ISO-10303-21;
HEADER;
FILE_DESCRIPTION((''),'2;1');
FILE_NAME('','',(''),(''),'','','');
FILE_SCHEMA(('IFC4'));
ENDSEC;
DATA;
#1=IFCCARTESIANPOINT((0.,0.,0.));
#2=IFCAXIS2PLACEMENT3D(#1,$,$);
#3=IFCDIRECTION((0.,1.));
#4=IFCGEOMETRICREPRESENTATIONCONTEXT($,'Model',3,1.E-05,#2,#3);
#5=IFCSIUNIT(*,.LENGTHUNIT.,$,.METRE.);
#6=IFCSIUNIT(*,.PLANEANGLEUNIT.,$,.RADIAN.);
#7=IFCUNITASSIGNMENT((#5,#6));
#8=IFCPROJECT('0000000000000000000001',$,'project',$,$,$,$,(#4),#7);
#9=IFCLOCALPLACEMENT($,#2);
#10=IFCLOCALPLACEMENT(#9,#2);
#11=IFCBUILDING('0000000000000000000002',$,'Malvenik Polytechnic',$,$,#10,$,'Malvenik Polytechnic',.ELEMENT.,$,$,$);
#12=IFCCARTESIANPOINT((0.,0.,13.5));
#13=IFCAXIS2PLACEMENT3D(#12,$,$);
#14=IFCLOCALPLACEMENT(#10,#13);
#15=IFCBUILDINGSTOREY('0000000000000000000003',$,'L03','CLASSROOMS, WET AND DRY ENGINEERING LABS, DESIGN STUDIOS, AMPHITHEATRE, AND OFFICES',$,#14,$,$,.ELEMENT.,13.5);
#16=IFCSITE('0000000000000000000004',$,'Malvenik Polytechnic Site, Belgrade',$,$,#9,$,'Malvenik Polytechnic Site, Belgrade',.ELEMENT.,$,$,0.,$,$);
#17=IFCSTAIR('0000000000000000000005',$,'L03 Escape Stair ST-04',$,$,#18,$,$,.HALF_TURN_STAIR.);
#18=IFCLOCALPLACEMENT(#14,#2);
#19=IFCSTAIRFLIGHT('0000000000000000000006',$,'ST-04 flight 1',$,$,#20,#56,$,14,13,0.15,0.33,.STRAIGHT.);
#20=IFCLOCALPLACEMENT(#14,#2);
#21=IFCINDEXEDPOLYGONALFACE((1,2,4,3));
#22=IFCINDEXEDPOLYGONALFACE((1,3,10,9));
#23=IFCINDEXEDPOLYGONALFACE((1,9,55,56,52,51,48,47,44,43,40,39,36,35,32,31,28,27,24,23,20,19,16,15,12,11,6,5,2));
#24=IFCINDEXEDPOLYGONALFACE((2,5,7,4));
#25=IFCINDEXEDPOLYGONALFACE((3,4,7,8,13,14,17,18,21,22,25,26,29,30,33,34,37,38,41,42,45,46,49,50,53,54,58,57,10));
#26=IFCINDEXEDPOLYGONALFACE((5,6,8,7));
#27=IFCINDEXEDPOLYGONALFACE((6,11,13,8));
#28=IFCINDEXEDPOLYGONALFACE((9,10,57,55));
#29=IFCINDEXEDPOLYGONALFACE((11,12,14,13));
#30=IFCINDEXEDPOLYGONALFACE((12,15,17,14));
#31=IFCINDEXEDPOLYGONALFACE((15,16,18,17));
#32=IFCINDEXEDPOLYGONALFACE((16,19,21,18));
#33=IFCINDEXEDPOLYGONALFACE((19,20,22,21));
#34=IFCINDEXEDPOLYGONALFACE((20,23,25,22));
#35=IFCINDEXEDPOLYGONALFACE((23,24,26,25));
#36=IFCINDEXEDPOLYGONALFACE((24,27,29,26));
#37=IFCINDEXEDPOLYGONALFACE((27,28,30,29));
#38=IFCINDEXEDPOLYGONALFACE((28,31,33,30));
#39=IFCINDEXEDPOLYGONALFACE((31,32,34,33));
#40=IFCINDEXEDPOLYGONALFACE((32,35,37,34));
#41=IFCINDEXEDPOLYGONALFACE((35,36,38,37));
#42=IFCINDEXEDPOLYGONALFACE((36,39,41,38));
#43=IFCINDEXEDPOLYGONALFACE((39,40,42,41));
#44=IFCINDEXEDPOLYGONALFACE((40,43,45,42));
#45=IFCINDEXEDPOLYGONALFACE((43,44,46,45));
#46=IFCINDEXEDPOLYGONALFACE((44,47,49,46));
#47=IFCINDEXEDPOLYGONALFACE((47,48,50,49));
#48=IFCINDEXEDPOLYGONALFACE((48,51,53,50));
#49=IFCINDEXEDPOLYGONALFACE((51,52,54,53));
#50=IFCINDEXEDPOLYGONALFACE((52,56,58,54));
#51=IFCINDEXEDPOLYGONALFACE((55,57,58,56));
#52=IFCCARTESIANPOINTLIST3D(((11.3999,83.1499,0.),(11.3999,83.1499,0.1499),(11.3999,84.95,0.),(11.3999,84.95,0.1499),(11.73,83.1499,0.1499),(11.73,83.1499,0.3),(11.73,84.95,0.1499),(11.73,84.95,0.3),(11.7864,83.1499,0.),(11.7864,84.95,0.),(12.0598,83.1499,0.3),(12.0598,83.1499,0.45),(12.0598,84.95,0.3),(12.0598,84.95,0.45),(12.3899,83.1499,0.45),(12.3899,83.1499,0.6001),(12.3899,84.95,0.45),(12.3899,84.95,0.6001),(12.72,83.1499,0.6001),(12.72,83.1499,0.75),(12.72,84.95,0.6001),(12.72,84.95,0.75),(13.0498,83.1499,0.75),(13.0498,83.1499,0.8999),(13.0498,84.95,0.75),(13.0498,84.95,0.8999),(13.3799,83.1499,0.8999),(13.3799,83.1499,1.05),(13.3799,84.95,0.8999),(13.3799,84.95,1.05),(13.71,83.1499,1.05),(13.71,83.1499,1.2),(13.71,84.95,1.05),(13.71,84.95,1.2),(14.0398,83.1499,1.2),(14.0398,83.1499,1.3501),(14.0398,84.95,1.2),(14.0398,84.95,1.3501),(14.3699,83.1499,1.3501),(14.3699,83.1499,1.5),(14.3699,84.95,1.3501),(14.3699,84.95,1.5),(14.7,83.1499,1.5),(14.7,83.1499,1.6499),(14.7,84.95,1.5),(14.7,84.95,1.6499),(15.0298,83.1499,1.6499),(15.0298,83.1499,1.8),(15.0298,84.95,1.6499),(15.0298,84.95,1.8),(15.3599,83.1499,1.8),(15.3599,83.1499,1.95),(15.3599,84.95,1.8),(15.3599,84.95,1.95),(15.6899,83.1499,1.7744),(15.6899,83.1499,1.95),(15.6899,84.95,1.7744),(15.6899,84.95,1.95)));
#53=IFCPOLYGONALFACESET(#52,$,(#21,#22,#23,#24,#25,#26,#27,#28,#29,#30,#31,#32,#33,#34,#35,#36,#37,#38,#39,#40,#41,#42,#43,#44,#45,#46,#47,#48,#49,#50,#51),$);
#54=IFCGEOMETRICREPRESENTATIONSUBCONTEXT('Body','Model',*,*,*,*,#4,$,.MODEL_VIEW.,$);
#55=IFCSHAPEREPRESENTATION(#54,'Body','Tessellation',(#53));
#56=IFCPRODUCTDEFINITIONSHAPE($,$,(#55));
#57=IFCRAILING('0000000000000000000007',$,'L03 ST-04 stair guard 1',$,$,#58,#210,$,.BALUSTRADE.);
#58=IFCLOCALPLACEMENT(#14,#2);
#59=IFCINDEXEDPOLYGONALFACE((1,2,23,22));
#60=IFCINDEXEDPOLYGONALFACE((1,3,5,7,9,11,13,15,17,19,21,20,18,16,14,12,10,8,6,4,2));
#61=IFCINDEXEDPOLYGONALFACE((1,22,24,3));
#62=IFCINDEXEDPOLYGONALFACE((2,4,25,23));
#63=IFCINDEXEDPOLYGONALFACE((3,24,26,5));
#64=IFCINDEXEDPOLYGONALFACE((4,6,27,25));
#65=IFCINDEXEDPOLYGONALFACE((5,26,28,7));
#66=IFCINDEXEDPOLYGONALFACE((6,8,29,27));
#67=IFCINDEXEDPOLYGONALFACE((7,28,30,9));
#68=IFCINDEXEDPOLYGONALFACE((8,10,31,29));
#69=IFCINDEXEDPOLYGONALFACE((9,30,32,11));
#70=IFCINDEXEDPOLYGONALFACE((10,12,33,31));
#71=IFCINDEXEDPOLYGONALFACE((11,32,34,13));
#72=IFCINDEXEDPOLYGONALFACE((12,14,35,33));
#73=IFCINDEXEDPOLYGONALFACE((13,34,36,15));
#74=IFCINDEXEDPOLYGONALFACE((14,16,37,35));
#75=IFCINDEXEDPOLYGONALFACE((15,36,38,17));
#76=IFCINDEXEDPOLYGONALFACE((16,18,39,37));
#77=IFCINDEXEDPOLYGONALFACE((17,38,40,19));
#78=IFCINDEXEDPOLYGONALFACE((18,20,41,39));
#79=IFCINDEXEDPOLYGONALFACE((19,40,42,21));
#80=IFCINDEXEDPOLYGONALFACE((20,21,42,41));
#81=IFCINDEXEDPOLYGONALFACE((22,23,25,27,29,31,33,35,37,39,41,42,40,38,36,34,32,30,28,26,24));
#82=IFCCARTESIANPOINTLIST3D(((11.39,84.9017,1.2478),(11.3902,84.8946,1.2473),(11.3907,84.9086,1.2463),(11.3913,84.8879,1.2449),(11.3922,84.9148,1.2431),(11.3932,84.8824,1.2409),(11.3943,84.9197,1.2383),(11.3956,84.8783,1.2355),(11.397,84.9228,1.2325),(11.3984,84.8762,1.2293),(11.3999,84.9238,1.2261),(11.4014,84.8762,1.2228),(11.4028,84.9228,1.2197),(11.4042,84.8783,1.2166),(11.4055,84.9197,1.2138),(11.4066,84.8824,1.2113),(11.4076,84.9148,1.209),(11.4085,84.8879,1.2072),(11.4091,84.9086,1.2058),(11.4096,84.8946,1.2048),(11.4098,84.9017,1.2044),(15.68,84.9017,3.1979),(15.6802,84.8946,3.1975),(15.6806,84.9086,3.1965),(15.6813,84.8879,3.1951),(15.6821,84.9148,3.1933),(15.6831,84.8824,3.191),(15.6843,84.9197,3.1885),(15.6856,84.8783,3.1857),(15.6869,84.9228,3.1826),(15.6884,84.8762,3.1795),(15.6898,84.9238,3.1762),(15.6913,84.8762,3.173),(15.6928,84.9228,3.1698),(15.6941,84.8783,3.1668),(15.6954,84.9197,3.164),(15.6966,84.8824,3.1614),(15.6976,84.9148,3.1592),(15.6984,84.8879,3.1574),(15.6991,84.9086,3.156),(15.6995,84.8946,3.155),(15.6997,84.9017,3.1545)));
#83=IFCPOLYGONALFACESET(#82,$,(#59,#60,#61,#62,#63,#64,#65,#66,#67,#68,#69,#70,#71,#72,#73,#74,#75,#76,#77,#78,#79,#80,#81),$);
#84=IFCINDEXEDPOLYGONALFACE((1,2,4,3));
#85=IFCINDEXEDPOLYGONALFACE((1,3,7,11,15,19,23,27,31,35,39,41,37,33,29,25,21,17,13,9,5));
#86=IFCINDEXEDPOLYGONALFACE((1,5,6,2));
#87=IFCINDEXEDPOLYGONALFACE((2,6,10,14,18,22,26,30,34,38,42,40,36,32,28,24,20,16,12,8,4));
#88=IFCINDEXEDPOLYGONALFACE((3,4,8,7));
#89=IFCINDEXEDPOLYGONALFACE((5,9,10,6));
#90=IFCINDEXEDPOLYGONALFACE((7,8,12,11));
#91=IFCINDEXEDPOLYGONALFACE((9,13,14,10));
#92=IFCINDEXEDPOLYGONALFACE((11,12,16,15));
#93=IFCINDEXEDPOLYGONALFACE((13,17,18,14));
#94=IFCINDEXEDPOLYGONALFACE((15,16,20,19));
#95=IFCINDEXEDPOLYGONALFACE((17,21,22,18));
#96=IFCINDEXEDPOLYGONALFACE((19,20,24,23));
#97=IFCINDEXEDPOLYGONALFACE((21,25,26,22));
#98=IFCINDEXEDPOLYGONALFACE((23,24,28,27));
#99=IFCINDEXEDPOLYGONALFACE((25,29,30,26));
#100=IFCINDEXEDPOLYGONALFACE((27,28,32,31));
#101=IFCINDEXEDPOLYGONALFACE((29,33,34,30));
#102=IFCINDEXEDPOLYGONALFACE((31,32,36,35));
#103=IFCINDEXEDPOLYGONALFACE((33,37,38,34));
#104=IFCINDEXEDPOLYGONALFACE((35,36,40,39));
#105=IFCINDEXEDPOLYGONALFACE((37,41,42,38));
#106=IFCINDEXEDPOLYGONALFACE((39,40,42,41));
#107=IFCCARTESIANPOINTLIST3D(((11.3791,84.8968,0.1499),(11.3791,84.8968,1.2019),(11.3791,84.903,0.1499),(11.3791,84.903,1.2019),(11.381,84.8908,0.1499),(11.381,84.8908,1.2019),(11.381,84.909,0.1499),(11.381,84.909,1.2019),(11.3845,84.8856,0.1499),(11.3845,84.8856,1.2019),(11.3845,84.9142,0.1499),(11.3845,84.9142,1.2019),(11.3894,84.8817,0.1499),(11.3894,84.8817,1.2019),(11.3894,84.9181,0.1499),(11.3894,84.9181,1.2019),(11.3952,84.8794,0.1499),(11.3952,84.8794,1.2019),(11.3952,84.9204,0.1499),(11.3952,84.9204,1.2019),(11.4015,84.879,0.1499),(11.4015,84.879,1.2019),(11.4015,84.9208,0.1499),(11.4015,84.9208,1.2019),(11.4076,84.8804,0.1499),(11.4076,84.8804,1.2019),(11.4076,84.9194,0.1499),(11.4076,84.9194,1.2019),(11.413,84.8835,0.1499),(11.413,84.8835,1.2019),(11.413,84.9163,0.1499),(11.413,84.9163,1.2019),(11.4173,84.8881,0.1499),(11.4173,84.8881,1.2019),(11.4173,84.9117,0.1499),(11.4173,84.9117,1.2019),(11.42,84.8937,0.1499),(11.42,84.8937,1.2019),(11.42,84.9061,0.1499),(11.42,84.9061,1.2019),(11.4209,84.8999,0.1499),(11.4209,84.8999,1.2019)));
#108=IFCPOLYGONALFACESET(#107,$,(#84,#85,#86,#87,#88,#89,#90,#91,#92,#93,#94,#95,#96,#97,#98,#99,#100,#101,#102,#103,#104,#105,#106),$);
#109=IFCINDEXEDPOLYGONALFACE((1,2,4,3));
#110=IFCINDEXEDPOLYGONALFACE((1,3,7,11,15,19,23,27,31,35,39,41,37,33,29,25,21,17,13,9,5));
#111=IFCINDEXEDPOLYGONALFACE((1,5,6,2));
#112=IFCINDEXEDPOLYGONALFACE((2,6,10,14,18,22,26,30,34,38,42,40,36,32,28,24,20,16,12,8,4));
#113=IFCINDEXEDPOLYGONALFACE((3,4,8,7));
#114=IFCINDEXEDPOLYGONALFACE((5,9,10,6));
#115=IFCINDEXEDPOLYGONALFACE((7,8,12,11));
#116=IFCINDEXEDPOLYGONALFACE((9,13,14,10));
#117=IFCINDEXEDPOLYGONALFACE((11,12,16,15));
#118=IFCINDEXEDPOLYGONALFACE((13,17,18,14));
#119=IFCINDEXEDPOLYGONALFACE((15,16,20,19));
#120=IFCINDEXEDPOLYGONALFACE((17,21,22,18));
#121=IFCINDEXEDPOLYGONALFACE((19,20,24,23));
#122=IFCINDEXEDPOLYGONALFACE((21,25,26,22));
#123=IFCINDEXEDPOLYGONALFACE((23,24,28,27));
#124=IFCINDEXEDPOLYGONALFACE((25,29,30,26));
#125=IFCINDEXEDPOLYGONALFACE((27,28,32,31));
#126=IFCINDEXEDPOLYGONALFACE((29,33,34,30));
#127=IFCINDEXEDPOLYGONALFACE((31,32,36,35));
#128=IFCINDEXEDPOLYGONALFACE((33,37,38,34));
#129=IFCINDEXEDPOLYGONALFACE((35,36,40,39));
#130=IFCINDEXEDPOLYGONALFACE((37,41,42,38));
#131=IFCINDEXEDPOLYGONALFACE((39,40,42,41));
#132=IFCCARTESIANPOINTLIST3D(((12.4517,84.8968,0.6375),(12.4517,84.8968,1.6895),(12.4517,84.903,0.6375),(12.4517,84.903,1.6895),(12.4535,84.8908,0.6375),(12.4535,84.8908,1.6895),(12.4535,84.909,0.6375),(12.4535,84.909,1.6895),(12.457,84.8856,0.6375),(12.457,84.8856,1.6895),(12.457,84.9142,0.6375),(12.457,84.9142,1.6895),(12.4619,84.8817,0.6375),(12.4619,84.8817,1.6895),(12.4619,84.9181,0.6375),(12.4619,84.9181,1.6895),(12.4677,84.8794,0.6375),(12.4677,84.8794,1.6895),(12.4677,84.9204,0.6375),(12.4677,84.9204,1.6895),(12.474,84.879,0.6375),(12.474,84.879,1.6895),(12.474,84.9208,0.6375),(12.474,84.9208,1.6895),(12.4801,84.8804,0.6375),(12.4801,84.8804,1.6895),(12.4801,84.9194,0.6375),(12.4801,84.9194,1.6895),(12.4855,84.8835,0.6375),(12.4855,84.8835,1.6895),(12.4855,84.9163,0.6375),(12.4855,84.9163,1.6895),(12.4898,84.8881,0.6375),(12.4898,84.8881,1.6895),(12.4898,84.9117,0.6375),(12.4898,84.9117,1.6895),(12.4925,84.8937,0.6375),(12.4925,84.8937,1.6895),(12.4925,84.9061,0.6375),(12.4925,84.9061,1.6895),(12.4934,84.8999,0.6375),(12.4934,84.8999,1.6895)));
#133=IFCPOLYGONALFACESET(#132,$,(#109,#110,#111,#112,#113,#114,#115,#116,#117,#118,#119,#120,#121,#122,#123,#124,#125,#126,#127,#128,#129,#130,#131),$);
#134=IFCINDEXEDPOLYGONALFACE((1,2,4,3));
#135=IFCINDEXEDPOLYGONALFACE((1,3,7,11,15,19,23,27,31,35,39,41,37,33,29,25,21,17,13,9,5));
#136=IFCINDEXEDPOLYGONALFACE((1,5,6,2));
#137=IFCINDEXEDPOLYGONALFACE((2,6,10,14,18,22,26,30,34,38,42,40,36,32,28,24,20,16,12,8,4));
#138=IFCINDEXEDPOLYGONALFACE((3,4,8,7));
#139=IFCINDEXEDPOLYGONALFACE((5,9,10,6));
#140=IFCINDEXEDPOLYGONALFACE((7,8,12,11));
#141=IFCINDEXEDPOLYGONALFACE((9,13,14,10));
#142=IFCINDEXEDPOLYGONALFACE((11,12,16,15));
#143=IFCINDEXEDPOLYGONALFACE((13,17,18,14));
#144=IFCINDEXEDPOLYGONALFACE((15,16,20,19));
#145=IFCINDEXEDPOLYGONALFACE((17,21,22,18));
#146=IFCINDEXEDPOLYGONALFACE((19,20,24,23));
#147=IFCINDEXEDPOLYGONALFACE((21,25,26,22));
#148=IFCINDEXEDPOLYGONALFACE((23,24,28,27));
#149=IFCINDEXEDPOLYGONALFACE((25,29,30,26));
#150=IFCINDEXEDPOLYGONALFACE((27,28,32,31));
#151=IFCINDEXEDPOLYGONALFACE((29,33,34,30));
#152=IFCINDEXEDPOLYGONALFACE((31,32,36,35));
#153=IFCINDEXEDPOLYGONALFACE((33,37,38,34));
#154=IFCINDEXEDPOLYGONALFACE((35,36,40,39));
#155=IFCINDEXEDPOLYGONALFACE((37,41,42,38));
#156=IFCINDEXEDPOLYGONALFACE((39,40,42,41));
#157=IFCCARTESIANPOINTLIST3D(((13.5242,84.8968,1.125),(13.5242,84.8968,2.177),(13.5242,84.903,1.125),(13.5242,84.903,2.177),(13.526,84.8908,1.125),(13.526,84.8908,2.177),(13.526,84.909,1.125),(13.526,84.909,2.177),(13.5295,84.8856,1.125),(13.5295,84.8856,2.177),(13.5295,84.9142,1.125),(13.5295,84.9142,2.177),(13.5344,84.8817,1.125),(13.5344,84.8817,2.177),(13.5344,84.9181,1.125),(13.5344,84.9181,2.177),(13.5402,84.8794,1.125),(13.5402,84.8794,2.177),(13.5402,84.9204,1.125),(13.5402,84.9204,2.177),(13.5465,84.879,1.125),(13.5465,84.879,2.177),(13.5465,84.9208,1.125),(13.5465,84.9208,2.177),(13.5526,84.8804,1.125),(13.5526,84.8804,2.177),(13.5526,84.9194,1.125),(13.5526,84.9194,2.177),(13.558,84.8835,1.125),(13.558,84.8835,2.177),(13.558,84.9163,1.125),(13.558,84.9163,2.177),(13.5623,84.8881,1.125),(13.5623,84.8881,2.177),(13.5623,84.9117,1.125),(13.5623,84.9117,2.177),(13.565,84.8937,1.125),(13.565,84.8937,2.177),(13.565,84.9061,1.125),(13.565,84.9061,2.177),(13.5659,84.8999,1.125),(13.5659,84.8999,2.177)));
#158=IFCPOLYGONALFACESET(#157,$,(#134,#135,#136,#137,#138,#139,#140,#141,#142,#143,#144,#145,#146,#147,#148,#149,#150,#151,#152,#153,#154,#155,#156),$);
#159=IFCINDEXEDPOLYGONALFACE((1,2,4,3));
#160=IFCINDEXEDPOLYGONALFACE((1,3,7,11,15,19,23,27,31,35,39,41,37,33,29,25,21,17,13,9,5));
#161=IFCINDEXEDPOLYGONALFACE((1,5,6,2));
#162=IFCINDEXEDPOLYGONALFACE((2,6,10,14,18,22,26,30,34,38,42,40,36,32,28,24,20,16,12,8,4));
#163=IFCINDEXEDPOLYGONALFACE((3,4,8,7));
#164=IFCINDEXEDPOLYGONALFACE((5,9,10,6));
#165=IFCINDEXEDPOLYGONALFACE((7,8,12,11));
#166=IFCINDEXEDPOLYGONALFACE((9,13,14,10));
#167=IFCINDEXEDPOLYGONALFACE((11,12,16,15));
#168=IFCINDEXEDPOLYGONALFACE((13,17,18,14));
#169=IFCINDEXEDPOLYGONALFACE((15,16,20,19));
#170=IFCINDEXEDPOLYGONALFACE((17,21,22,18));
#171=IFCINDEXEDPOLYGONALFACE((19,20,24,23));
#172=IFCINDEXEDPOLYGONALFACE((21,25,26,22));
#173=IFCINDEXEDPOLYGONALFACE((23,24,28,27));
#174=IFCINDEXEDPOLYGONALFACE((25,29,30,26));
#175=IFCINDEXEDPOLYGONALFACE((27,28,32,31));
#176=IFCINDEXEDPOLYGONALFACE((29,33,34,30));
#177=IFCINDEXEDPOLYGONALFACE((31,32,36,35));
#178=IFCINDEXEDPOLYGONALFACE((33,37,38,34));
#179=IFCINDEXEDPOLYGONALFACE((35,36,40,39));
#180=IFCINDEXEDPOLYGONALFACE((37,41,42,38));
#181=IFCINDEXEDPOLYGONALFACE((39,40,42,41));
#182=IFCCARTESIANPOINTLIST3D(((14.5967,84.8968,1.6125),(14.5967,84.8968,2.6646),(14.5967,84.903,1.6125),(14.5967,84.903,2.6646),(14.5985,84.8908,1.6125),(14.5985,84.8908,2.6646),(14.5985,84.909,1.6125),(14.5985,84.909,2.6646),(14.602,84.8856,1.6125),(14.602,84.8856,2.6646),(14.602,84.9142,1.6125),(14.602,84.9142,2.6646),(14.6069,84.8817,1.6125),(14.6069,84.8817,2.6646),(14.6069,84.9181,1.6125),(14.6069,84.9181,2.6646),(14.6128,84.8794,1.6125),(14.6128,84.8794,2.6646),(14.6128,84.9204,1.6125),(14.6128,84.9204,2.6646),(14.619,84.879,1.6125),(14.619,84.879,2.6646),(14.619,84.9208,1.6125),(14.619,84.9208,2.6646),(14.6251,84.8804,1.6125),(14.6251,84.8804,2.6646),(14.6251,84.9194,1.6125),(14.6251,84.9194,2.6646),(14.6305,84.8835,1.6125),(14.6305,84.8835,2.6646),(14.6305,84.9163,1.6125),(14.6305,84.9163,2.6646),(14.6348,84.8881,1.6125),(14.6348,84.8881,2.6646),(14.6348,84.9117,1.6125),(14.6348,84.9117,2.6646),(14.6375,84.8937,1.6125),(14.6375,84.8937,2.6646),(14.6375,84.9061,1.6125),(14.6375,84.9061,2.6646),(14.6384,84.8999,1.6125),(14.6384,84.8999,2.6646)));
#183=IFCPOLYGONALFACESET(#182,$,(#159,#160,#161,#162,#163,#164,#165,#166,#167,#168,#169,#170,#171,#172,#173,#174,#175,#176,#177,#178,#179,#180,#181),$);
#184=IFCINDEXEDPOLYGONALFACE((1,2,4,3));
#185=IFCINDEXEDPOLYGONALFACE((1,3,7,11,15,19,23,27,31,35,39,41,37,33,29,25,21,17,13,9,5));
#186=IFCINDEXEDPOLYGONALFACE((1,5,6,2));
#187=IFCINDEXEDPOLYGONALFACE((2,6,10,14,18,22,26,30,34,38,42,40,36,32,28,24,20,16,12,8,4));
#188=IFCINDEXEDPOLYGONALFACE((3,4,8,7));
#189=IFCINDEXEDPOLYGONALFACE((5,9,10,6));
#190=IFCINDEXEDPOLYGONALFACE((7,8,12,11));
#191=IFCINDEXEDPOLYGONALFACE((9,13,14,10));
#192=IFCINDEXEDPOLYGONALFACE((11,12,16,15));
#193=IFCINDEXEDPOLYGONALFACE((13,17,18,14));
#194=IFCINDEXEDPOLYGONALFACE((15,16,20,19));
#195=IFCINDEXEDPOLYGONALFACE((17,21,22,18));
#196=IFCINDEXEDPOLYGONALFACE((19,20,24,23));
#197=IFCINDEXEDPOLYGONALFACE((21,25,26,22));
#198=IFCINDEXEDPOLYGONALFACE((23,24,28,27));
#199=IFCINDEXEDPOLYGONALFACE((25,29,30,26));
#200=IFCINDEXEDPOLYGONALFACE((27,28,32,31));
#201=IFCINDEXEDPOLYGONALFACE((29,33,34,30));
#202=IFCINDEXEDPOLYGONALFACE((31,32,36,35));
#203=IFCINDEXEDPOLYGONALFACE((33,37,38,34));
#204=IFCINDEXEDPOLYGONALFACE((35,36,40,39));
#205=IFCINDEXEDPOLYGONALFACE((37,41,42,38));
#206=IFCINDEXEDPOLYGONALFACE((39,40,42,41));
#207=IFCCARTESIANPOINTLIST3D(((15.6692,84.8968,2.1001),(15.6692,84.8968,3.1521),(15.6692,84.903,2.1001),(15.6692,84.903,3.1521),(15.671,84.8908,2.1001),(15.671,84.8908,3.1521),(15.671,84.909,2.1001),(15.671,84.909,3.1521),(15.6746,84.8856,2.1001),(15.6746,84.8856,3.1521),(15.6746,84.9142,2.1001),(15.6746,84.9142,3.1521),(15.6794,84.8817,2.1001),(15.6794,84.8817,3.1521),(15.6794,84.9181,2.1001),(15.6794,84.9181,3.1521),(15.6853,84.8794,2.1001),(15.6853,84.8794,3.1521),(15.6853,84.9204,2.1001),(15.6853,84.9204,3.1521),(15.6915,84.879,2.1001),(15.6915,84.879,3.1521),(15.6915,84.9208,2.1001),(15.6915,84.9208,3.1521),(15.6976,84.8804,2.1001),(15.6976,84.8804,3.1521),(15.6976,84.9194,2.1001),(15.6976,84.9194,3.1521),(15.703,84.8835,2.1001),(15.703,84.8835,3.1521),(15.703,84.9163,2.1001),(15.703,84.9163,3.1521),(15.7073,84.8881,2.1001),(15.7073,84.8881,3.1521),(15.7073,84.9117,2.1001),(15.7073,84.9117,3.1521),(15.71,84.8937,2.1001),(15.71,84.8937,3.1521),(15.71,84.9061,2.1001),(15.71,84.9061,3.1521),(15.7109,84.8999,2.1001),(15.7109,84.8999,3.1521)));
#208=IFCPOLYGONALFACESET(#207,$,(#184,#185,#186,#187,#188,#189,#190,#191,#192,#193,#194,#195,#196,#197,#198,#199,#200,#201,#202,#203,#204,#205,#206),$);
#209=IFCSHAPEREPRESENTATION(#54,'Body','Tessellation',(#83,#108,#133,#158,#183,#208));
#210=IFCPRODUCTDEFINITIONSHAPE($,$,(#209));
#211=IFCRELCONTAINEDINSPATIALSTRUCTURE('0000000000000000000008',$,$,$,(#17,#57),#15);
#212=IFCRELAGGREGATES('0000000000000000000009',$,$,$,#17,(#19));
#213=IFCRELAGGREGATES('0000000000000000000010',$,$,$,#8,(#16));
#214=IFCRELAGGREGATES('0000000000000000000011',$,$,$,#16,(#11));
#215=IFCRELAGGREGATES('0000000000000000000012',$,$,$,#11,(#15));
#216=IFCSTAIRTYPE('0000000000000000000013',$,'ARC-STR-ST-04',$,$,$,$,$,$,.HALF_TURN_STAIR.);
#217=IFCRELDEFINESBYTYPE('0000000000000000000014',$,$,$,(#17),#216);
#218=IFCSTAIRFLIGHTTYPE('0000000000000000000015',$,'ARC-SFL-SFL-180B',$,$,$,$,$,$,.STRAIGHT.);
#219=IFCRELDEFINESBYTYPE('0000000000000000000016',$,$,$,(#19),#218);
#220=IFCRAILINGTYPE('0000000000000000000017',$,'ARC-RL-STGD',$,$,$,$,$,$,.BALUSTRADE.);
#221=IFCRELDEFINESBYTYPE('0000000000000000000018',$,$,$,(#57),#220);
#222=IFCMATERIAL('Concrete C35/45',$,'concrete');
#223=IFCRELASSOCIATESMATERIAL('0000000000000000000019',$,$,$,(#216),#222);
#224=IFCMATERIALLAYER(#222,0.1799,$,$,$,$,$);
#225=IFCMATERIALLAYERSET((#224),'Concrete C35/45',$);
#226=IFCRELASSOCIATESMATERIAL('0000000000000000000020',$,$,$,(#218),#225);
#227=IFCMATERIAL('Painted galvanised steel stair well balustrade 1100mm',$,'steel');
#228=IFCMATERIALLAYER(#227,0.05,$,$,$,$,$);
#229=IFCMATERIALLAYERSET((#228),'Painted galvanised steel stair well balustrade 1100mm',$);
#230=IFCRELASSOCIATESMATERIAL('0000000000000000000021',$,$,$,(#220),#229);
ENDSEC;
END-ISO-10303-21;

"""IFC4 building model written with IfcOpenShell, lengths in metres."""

from ifc_helpers import new_model, si_unit, direction, frame, origin, origin_2d, place, context, subcontext, project, spatial, polyline, circle, outline, extrude, material, layer, layer_set, type_object, element, aggregate, save


model = new_model("IFC4")

# Units and contexts
model_context = context("Model", 3, precision=1e-05, world=origin(), true_north=direction((0.0, 1.0)))
body_context = subcontext(model_context, "Body", "Model", "MODEL_VIEW")
ifc_project = project(units=[si_unit("LENGTHUNIT", "METRE"), si_unit("PLANEANGLEUNIT", "RADIAN")], contexts=[model_context])

# Site, building, storey
site_placement = place(None, origin())
site = spatial("IfcSite", under=ifc_project, at=site_placement, Name="Malvenik Polytechnic Site, Belgrade", LongName="Malvenik Polytechnic Site, Belgrade", CompositionType="ELEMENT", RefElevation=0.0)
building_placement = place(site_placement, origin())
building = spatial("IfcBuilding", under=site, at=building_placement, Name="Malvenik Polytechnic", LongName="Malvenik Polytechnic", CompositionType="ELEMENT")
storey_placement = place(building_placement, frame((0.0, 0.0, 13.5)))
storey = spatial("IfcBuildingStorey", under=building, at=storey_placement, Name="L03", Description="CLASSROOMS, WET AND DRY ENGINEERING LABS, DESIGN STUDIOS, AMPHITHEATRE, AND OFFICES", CompositionType="ELEMENT", Elevation=13.5)

# Shared definitions
ifc_material_1 = material(Name="Concrete C35/45", Category="concrete")

# Stair, stair flight
stair_type = type_object("IfcStairType", Name="ARC-STR-ST-04", PredefinedType="HALF_TURN_STAIR", material=ifc_material_1)
stair_placement = place(storey_placement, origin())
stair = element("IfcStair", 1, at=stair_placement, inside=storey, type_object=stair_type, Name="L03 Escape Stair ST-04", PredefinedType="HALF_TURN_STAIR")
ifc_layer_1 = layer(ifc_material_1, 0.1799)
ifc_layer_set_1 = layer_set([ifc_layer_1], Name="Concrete C35/45")
stair_flight_type = type_object("IfcStairFlightType", Name="ARC-SFL-SFL-180B", PredefinedType="STRAIGHT", material=ifc_layer_set_1)
stair_flight_placement = place(storey_placement, frame((11.3999, 84.05, 0.0), z_axis=(0.0, 0.0, 1.0), x_axis=(1.0, 0.0, 0.0)))
stair_flight = element("IfcStairFlight", 2, at=stair_flight_placement, type_object=stair_flight_type, Name="ST-04 flight 1", NumberOfRisers=14, NumberOfTreads=13, PredefinedType="STRAIGHT", RiserHeight=0.15, TreadLength=0.33, context=body_context, shape_type="SweptSolid", body=[
    extrude(outline(polyline([(0.0, 0.0), (0.0, 0.1499), (0.3301, 0.1499), (0.3301, 0.3), (0.6599, 0.3), (0.6599, 0.45), (0.99, 0.45), (0.99, 0.6001), (1.3201, 0.6001), (1.3201, 0.75), (1.6499, 0.75), (1.6499, 0.8999), (1.98, 0.8999), (1.98, 1.05), (2.3101, 1.05), (2.3101, 1.2), (2.6399, 1.2), (2.6399, 1.3501), (2.97, 1.3501), (2.97, 1.5), (3.3, 1.5), (3.3, 1.6499), (3.6299, 1.6499), (3.6299, 1.8), (3.96, 1.8), (3.96, 1.95), (4.29, 1.95), (4.29, 2.1001), (4.29, 1.7744), (0.3865, 0.0), (0.0, 0.0)])), frame((0.0, 0.8999, 0.0), z_axis=(0.0, -1.0, 0.0), x_axis=(1.0, 0.0, 0.0)), (0.0, 0.0, 1.0), 1.8),
])
aggregate(stair, [stair_flight])

# Railing
ifc_material_2 = material(Name="Painted galvanised steel stair well balustrade 1100mm", Category="steel")
ifc_layer_2 = layer(ifc_material_2, 0.05)
ifc_layer_set_2 = layer_set([ifc_layer_2], Name="Painted galvanised steel stair well balustrade 1100mm")
railing_type_1 = type_object("IfcRailingType", Name="ARC-RL-STGD", PredefinedType="BALUSTRADE", material=ifc_layer_set_2)
railing_1_placement = place(storey_placement, frame((11.3999, 84.8999, 0.1499)))
element("IfcRailing", 3, at=railing_1_placement, inside=storey, type_object=railing_type_1, Name="L03 ST-04 stair guard 1", PredefinedType="BALUSTRADE", context=body_context, shape_type="SweptSolid", body=[
    extrude(circle(Radius=0.0239, at=origin_2d()), frame((0.0, 0.0, 1.0762), z_axis=(0.910352, 0.0, 0.413834), x_axis=(0.0, 1.0, 0.0)), (0.0, 0.0, 1.0), 4.7124),
    extrude(circle(Radius=0.021, at=origin_2d()), origin(), (0.0, 0.0, 1.0), 1.052),
    extrude(circle(Radius=0.021, at=origin_2d()), frame((1.0725, 0.0, 0.4875)), (0.0, 0.0, 1.0), 1.052),
    extrude(circle(Radius=0.021, at=origin_2d()), frame((2.145, 0.0, 0.9751)), (0.0, 0.0, 1.0), 1.052),
    extrude(circle(Radius=0.021, at=origin_2d()), frame((3.2175, 0.0, 1.4626)), (0.0, 0.0, 1.0), 1.052),
    extrude(circle(Radius=0.021, at=origin_2d()), frame((4.29, 0.0, 1.9502)), (0.0, 0.0, 1.0), 1.052),
])

save(model, "model.ifc")
